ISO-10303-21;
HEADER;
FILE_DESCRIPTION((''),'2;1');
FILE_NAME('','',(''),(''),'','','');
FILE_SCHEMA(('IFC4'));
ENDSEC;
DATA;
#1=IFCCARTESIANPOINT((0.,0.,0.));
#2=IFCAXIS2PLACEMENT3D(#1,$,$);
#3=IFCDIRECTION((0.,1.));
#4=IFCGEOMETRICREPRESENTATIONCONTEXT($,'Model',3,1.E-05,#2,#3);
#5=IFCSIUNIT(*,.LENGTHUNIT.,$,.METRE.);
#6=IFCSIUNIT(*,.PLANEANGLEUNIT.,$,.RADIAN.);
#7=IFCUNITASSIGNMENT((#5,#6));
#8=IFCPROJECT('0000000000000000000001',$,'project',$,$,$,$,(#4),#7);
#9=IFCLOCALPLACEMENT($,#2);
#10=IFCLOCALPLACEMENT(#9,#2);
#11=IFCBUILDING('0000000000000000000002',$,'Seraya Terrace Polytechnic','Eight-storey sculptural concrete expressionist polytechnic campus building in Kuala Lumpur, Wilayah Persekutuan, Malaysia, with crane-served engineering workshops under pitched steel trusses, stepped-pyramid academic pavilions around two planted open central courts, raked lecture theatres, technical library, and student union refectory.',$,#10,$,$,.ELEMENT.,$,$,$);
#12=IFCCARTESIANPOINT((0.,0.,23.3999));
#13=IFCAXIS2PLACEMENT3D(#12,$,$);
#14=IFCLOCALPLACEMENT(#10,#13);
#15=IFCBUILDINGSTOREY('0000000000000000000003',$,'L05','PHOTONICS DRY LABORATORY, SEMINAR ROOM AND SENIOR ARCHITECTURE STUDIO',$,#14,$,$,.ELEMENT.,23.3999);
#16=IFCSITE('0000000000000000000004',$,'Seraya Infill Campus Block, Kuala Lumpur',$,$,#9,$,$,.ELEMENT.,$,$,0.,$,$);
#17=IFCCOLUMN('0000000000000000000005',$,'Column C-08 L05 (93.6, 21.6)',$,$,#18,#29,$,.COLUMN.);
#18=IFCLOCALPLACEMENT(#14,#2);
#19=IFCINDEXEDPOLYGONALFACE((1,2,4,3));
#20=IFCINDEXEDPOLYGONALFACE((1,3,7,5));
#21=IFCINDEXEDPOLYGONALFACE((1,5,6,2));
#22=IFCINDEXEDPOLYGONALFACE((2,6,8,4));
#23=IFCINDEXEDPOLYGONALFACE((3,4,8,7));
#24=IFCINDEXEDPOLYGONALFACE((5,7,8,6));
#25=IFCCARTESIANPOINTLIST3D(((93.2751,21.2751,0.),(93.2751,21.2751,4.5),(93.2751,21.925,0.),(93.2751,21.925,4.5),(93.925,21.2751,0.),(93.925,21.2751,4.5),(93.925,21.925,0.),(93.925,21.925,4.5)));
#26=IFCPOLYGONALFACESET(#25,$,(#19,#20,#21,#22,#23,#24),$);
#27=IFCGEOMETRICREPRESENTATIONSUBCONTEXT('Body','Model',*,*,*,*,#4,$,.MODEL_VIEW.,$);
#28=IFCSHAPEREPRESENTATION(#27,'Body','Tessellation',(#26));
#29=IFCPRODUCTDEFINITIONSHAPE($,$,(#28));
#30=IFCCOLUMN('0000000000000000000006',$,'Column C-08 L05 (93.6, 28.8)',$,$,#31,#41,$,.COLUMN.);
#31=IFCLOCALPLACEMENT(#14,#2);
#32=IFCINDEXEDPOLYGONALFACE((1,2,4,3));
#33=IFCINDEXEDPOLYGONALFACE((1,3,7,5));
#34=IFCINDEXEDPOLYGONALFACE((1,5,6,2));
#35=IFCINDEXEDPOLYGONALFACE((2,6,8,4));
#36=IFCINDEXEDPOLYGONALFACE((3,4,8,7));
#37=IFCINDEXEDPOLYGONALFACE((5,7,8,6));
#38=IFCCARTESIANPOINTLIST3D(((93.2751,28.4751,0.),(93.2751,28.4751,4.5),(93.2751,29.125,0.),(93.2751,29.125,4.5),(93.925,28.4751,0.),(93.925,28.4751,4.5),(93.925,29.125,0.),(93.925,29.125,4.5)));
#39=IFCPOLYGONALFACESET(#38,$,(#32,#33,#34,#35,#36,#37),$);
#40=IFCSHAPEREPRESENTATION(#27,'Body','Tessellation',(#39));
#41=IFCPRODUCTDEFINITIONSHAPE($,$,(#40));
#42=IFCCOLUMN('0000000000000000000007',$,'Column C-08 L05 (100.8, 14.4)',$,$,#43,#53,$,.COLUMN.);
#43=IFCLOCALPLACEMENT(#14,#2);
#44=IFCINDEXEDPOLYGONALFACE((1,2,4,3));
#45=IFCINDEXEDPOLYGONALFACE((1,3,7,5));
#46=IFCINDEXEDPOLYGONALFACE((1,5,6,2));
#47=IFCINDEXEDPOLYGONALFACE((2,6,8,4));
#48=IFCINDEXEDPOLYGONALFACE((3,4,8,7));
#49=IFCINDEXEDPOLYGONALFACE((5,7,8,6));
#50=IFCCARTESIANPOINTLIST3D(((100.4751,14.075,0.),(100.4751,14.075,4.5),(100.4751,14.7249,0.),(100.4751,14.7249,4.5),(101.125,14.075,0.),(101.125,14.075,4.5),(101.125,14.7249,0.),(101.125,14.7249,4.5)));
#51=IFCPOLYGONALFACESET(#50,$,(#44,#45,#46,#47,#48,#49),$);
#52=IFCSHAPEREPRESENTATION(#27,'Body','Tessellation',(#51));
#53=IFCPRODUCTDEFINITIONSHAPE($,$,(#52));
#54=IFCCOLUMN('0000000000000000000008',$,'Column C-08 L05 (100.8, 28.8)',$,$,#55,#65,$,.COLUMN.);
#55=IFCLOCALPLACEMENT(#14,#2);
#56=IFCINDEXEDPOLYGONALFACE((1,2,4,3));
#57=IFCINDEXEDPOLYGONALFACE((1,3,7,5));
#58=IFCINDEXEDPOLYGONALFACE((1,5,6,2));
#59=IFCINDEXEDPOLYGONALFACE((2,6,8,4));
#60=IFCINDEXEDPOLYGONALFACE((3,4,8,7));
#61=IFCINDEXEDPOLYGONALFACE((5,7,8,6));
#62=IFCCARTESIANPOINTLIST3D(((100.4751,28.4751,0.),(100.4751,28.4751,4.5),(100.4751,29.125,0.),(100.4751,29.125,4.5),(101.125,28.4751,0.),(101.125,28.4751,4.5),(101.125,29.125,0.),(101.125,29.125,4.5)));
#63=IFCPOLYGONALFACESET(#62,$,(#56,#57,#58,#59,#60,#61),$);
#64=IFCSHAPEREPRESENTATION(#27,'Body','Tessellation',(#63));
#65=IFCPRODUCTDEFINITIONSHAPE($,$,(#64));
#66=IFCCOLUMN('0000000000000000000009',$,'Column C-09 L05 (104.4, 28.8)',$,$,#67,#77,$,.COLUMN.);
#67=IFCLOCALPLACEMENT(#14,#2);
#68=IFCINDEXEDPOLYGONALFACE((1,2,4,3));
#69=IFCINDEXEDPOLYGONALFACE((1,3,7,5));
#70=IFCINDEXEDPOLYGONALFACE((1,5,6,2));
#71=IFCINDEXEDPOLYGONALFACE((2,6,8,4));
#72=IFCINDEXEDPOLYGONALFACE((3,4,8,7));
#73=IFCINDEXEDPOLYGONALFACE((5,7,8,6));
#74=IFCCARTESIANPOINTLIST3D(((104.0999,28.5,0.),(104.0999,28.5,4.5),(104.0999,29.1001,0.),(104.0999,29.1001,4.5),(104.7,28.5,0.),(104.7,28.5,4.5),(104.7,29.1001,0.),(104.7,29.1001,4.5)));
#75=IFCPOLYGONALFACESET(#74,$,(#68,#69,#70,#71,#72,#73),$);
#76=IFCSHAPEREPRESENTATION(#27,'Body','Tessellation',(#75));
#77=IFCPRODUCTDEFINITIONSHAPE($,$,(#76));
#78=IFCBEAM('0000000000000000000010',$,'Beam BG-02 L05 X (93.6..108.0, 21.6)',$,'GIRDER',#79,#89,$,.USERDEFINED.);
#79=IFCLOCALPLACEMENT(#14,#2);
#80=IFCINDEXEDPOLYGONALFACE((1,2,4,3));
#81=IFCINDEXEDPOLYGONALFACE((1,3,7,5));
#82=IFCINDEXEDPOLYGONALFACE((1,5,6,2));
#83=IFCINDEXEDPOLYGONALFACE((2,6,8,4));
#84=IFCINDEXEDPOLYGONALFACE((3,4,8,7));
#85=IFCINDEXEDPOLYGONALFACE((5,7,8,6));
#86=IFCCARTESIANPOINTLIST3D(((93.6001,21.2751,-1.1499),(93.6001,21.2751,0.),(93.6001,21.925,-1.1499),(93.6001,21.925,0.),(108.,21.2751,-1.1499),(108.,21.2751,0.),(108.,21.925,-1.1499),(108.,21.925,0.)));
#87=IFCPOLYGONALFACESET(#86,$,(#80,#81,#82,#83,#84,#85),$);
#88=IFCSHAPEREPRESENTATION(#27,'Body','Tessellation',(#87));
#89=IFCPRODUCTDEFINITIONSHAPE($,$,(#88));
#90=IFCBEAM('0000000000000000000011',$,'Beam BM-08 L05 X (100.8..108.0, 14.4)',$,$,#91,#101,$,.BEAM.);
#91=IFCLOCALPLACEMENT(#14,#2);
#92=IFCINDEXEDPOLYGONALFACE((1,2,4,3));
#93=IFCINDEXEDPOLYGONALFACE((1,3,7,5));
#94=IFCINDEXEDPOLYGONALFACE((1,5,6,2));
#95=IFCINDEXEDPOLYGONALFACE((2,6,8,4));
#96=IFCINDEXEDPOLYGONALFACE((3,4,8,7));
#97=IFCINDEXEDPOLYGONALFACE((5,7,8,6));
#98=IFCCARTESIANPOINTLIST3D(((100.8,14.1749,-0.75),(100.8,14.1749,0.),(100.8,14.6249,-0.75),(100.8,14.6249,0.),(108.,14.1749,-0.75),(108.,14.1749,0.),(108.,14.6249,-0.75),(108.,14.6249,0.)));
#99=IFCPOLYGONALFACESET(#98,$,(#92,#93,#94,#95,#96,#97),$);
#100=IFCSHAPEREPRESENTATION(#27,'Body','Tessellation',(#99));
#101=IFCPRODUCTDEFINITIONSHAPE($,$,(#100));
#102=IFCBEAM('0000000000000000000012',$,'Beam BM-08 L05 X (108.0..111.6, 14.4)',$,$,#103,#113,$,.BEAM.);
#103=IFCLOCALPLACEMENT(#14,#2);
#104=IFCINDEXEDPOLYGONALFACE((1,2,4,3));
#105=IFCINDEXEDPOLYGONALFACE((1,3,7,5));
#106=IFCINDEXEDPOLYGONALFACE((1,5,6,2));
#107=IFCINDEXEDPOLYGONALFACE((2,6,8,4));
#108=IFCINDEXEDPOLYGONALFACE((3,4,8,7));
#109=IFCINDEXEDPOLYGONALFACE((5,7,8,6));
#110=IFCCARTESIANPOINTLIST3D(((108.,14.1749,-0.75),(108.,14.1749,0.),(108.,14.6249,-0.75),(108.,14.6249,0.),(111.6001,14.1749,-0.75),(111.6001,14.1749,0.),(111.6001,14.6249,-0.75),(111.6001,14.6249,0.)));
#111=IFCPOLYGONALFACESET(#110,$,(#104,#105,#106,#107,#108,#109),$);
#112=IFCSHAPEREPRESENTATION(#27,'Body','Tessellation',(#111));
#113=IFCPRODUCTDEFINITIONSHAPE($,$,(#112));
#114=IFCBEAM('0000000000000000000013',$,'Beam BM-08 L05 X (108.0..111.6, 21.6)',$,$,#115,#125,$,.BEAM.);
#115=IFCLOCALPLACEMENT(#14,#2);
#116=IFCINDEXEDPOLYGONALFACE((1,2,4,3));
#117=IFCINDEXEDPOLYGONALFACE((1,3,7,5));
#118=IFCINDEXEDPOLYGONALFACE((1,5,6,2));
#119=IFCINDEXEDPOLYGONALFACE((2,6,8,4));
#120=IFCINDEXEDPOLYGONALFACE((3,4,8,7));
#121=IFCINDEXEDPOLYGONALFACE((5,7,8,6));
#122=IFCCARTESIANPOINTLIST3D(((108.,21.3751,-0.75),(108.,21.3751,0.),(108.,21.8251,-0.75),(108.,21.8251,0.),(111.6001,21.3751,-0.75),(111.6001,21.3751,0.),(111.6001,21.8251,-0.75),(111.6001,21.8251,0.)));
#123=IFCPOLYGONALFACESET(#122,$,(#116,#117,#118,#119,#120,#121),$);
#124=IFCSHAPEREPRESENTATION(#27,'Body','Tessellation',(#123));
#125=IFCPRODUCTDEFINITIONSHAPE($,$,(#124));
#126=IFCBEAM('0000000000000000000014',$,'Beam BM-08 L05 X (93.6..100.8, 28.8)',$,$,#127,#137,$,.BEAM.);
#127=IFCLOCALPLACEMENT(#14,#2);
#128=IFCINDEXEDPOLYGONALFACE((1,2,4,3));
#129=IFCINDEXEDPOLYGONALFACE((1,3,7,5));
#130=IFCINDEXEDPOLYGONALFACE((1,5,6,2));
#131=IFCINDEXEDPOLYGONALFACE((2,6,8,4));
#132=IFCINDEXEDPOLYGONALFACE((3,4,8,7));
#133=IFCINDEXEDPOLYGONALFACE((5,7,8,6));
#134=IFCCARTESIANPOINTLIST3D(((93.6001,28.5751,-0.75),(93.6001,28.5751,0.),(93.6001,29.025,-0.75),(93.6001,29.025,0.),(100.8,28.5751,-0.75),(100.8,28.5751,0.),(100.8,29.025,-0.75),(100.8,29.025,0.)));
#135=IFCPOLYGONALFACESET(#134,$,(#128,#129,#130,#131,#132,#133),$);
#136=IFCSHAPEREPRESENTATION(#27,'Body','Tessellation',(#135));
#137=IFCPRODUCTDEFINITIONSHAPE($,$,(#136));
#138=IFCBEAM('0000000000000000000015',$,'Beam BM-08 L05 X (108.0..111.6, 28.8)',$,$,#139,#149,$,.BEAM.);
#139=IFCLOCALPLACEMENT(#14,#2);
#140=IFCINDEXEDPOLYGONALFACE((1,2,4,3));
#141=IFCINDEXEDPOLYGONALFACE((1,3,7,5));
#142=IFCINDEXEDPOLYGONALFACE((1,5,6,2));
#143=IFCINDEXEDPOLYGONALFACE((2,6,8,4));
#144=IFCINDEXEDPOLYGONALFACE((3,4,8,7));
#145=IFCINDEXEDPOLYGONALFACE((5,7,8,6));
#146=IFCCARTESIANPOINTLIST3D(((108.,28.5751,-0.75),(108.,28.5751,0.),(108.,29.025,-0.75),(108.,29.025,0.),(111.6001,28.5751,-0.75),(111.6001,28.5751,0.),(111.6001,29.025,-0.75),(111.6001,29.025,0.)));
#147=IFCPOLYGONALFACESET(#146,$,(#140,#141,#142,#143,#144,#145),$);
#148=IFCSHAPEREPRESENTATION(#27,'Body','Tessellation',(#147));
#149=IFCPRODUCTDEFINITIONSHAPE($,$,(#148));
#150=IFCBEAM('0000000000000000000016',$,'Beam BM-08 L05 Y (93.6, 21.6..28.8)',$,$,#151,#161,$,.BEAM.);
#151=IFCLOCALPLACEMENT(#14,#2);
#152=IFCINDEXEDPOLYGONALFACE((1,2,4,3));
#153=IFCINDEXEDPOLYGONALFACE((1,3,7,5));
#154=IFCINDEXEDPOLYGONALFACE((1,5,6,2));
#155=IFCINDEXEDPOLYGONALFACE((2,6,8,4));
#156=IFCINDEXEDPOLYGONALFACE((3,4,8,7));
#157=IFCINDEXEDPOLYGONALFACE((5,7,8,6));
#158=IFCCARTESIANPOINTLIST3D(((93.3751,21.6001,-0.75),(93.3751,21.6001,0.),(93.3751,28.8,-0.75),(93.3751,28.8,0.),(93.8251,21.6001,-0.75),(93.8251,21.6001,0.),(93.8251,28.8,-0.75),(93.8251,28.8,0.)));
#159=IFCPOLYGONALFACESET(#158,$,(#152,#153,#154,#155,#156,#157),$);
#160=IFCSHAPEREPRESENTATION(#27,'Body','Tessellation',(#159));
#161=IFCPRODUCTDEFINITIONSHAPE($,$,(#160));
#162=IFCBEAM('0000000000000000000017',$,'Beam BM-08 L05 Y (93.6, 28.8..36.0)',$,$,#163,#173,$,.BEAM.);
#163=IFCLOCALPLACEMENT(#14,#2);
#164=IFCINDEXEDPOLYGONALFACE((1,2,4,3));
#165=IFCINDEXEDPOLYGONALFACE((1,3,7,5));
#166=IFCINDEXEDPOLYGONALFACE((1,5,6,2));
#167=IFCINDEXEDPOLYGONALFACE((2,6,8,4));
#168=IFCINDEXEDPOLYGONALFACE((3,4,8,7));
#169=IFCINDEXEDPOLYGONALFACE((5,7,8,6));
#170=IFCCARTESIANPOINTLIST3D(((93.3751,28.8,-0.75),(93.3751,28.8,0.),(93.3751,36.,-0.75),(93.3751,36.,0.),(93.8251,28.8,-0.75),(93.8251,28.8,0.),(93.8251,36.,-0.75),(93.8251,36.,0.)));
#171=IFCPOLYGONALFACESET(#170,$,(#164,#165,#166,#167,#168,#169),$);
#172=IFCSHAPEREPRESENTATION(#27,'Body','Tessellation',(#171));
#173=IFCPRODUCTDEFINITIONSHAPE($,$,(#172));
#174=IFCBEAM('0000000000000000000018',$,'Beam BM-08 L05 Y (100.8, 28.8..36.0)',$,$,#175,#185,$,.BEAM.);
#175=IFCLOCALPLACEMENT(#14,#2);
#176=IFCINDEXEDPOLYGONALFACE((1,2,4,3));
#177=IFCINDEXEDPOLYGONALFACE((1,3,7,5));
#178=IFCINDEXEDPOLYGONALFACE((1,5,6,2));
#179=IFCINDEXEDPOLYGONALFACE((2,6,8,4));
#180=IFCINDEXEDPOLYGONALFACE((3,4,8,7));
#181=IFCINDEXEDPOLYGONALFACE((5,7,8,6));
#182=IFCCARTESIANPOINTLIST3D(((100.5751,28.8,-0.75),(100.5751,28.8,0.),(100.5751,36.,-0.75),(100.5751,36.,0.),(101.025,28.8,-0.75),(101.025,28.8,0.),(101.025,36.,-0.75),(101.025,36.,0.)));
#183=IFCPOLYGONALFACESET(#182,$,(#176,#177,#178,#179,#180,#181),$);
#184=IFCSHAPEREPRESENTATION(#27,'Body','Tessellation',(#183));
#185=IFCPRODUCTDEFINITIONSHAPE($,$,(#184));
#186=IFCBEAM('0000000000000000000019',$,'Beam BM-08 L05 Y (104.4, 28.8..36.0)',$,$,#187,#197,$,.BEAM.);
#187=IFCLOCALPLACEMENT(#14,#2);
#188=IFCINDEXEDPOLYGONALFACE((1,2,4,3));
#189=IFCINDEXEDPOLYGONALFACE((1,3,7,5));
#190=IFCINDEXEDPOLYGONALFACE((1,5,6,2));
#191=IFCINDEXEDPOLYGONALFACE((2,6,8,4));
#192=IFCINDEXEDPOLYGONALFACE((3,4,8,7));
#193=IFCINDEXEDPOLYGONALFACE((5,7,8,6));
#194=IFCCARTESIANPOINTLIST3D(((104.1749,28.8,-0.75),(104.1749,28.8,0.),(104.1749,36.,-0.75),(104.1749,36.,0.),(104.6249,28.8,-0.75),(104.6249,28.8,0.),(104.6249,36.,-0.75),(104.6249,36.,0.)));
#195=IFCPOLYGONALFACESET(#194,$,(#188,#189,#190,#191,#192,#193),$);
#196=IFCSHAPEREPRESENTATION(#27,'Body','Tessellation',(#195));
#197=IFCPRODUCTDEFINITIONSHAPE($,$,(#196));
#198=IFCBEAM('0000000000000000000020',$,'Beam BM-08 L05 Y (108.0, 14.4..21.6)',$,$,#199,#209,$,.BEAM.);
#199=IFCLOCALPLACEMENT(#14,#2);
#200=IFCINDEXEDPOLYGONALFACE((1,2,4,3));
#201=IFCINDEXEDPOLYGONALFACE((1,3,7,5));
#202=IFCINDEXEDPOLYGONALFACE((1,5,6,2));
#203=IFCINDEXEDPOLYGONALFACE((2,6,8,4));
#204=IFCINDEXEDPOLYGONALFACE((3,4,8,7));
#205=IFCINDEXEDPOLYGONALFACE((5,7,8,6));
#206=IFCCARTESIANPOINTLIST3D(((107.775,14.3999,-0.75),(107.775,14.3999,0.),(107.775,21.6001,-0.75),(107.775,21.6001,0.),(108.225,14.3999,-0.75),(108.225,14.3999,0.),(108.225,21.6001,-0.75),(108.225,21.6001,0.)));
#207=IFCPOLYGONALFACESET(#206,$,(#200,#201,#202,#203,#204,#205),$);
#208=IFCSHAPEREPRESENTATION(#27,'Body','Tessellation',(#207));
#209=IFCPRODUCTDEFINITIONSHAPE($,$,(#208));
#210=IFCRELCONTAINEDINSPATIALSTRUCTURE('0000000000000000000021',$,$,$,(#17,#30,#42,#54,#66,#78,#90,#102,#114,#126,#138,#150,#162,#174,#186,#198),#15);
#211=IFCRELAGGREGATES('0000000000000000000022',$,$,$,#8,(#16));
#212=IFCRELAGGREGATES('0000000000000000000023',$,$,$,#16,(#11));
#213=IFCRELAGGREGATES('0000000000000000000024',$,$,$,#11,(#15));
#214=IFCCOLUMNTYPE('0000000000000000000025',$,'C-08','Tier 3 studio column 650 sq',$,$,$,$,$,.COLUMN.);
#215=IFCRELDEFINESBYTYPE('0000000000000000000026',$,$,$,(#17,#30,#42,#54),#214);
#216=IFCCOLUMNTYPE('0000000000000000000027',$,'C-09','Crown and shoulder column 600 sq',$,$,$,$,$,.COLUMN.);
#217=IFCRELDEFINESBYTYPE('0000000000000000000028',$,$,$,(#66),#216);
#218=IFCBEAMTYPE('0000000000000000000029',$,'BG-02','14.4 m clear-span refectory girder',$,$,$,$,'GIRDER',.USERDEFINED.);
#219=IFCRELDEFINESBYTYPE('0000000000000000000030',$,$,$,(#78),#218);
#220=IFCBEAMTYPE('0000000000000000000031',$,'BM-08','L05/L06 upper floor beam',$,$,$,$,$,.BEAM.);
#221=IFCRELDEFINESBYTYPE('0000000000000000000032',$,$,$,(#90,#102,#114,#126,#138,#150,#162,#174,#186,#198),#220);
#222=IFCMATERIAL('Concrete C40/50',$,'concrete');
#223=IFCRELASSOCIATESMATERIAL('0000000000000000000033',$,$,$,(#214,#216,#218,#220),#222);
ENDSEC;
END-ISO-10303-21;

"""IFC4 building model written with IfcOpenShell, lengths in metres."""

from ifc_helpers import new_model, si_unit, direction, frame, origin, origin_2d, place, context, subcontext, project, spatial, rectangle, extrude, material, material_profile, profile_set, type_object, element, save


model = new_model("IFC4")

# Units and contexts
model_context = context("Model", 3, precision=1e-05, world=origin(), true_north=direction((0.0, 1.0)))
body_context = subcontext(model_context, "Body", "Model", "MODEL_VIEW")
ifc_project = project(units=[si_unit("LENGTHUNIT", "METRE"), si_unit("PLANEANGLEUNIT", "RADIAN")], contexts=[model_context])

# Site, building, storey
site_placement = place(None, origin())
site = spatial("IfcSite", under=ifc_project, at=site_placement, Name="Seraya Infill Campus Block, Kuala Lumpur", CompositionType="ELEMENT", RefElevation=0.0)
building_placement = place(site_placement, origin())
building = spatial("IfcBuilding", under=site, at=building_placement, Name="Seraya Terrace Polytechnic", Description="Eight-storey sculptural concrete expressionist polytechnic campus building in Kuala Lumpur, Wilayah Persekutuan, Malaysia, with crane-served engineering workshops under pitched steel trusses, stepped-pyramid academic pavilions around two planted open central courts, raked lecture theatres, technical library, and student union refectory.", CompositionType="ELEMENT")
storey_placement = place(building_placement, frame((0.0, 0.0, 23.3999)))
storey = spatial("IfcBuildingStorey", under=building, at=storey_placement, Name="L05", Description="PHOTONICS DRY LABORATORY, SEMINAR ROOM AND SENIOR ARCHITECTURE STUDIO", CompositionType="ELEMENT", Elevation=23.3999)

# Columns
ifc_material_1 = material(Name="Concrete C40/50", Category="concrete")
ifc_material_profile_1 = material_profile(ifc_material_1, rectangle(XDim=0.6499, YDim=0.6499, at=origin_2d()), Name="RC 650x650")
ifc_profile_set_1 = profile_set([ifc_material_profile_1], Name="Concrete C40/50")
column_type_1 = type_object("IfcColumnType", Name="C-08", Description="Tier 3 studio column 650 sq", PredefinedType="COLUMN", material=ifc_profile_set_1)
for number, where, z_axis, x_axis, name in (
    (1, (93.6001, 21.6001, 0.0), (0.0, 0.0, 1.0), (1.0, 0.0, 0.0), "Column C-08 L05 (93.6, 21.6)"),
    (2, (93.6001, 28.8, 0.0), (0.0, 0.0, 1.0), (1.0, 0.0, 0.0), "Column C-08 L05 (93.6, 28.8)"),
    (3, (100.8, 14.3999, 0.0), (0.0, 0.0, 1.0), (1.0, 0.0, 0.0), "Column C-08 L05 (100.8, 14.4)"),
    (4, (100.8, 28.8, 0.0), (0.0, 0.0, 1.0), (1.0, 0.0, 0.0), "Column C-08 L05 (100.8, 28.8)"),
):
    element("IfcColumn", number, at=place(storey_placement, frame(where, z_axis=z_axis, x_axis=x_axis)), inside=storey, type_object=column_type_1, Name=name, PredefinedType="COLUMN", context=body_context, shape_type="SweptSolid", body=[
        extrude(rectangle(XDim=0.6499, YDim=0.6499, at=origin_2d()), origin(), (0.0, 0.0, 1.0), 4.5),
    ])
ifc_material_profile_2 = material_profile(ifc_material_1, rectangle(XDim=0.6001, YDim=0.6001, at=origin_2d()), Name="RC 600x600")
ifc_profile_set_2 = profile_set([ifc_material_profile_2], Name="Concrete C40/50")
column_type_2 = type_object("IfcColumnType", Name="C-09", Description="Crown and shoulder column 600 sq", PredefinedType="COLUMN", material=ifc_profile_set_2)
column_placement = place(storey_placement, frame((104.3999, 28.8, 0.0), z_axis=(0.0, 0.0, 1.0), x_axis=(1.0, 0.0, 0.0)))
element("IfcColumn", 5, at=column_placement, inside=storey, type_object=column_type_2, Name="Column C-09 L05 (104.4, 28.8)", PredefinedType="COLUMN", context=body_context, shape_type="SweptSolid", body=[
    extrude(rectangle(XDim=0.6001, YDim=0.6001, at=origin_2d()), origin(), (0.0, 0.0, 1.0), 4.5),
])

# Beams
ifc_material_profile_3 = material_profile(ifc_material_1, rectangle(XDim=0.6499, YDim=1.1499, at=origin_2d()), Name="RC 650x1150")
ifc_profile_set_3 = profile_set([ifc_material_profile_3], Name="Concrete C40/50")
beam_type_1 = type_object("IfcBeamType", Name="BG-02", Description="14.4 m clear-span refectory girder", ElementType="GIRDER", PredefinedType="USERDEFINED", material=ifc_profile_set_3)
beam_1_placement = place(storey_placement, frame((93.6001, 21.6001, -0.575), z_axis=(1.0, 0.0, 0.0), x_axis=(0.0, 1.0, 0.0)))
element("IfcBeam", 6, at=beam_1_placement, inside=storey, type_object=beam_type_1, Name="Beam BG-02 L05 X (93.6..108.0, 21.6)", ObjectType="GIRDER", PredefinedType="USERDEFINED", context=body_context, shape_type="SweptSolid", body=[
    extrude(rectangle(XDim=0.6499, YDim=1.1499, at=origin_2d()), origin(), (0.0, 0.0, 1.0), 14.3999),
])
ifc_material_profile_4 = material_profile(ifc_material_1, rectangle(XDim=0.45, YDim=0.75, at=origin_2d()), Name="RC 450x750")
ifc_profile_set_4 = profile_set([ifc_material_profile_4], Name="Concrete C40/50")
beam_type_2 = type_object("IfcBeamType", Name="BM-08", Description="L05/L06 upper floor beam", PredefinedType="BEAM", material=ifc_profile_set_4)
beam_2_placement = place(storey_placement, frame((100.8, 14.3999, -0.375), z_axis=(1.0, 0.0, 0.0), x_axis=(0.0, 1.0, 0.0)))
element("IfcBeam", 7, at=beam_2_placement, inside=storey, type_object=beam_type_2, Name="Beam BM-08 L05 X (100.8..108.0, 14.4)", PredefinedType="BEAM", context=body_context, shape_type="SweptSolid", body=[
    extrude(rectangle(XDim=0.45, YDim=0.75, at=origin_2d()), origin(), (0.0, 0.0, 1.0), 7.2),
])
for number, where, z_axis, x_axis, name in (
    (8, (108.0, 14.3999, -0.375), (1.0, 0.0, 0.0), (0.0, 1.0, 0.0), "Beam BM-08 L05 X (108.0..111.6, 14.4)"),
    (9, (108.0, 21.6001, -0.375), (1.0, 0.0, 0.0), (0.0, 1.0, 0.0), "Beam BM-08 L05 X (108.0..111.6, 21.6)"),
):
    element("IfcBeam", number, at=place(storey_placement, frame(where, z_axis=z_axis, x_axis=x_axis)), inside=storey, type_object=beam_type_2, Name=name, PredefinedType="BEAM", context=body_context, shape_type="SweptSolid", body=[
        extrude(rectangle(XDim=0.45, YDim=0.75, at=origin_2d()), origin(), (0.0, 0.0, 1.0), 3.6001),
    ])
beam_3_placement = place(storey_placement, frame((93.6001, 28.8, -0.375), z_axis=(1.0, 0.0, 0.0), x_axis=(0.0, 1.0, 0.0)))
element("IfcBeam", 10, at=beam_3_placement, inside=storey, type_object=beam_type_2, Name="Beam BM-08 L05 X (93.6..100.8, 28.8)", PredefinedType="BEAM", context=body_context, shape_type="SweptSolid", body=[
    extrude(rectangle(XDim=0.45, YDim=0.75, at=origin_2d()), origin(), (0.0, 0.0, 1.0), 7.2),
])
beam_4_placement = place(storey_placement, frame((108.0, 28.8, -0.375), z_axis=(1.0, 0.0, 0.0), x_axis=(0.0, 1.0, 0.0)))
element("IfcBeam", 11, at=beam_4_placement, inside=storey, type_object=beam_type_2, Name="Beam BM-08 L05 X (108.0..111.6, 28.8)", PredefinedType="BEAM", context=body_context, shape_type="SweptSolid", body=[
    extrude(rectangle(XDim=0.45, YDim=0.75, at=origin_2d()), origin(), (0.0, 0.0, 1.0), 3.6001),
])
for number, where, z_axis, x_axis, name in (
    (12, (93.6001, 21.6001, -0.375), (0.0, 1.0, 0.0), (-1.0, 0.0, 0.0), "Beam BM-08 L05 Y (93.6, 21.6..28.8)"),
    (13, (93.6001, 28.8, -0.375), (0.0, 1.0, 0.0), (-1.0, 0.0, 0.0), "Beam BM-08 L05 Y (93.6, 28.8..36.0)"),
    (14, (100.8, 28.8, -0.375), (0.0, 1.0, 0.0), (-1.0, 0.0, 0.0), "Beam BM-08 L05 Y (100.8, 28.8..36.0)"),
    (15, (104.3999, 28.8, -0.375), (0.0, 1.0, 0.0), (-1.0, 0.0, 0.0), "Beam BM-08 L05 Y (104.4, 28.8..36.0)"),
):
    element("IfcBeam", number, at=place(storey_placement, frame(where, z_axis=z_axis, x_axis=x_axis)), inside=storey, type_object=beam_type_2, Name=name, PredefinedType="BEAM", context=body_context, shape_type="SweptSolid", body=[
        extrude(rectangle(XDim=0.45, YDim=0.75, at=origin_2d()), origin(), (0.0, 0.0, 1.0), 7.2),
    ])
beam_5_placement = place(storey_placement, frame((108.0, 14.3999, -0.375), z_axis=(0.0, 1.0, 0.0), x_axis=(-1.0, 0.0, 0.0)))
element("IfcBeam", 16, at=beam_5_placement, inside=storey, type_object=beam_type_2, Name="Beam BM-08 L05 Y (108.0, 14.4..21.6)", PredefinedType="BEAM", context=body_context, shape_type="SweptSolid", body=[
    extrude(rectangle(XDim=0.45, YDim=0.75, at=origin_2d()), origin(), (0.0, 0.0, 1.0), 7.2002),
])

save(model, "model.ifc")
